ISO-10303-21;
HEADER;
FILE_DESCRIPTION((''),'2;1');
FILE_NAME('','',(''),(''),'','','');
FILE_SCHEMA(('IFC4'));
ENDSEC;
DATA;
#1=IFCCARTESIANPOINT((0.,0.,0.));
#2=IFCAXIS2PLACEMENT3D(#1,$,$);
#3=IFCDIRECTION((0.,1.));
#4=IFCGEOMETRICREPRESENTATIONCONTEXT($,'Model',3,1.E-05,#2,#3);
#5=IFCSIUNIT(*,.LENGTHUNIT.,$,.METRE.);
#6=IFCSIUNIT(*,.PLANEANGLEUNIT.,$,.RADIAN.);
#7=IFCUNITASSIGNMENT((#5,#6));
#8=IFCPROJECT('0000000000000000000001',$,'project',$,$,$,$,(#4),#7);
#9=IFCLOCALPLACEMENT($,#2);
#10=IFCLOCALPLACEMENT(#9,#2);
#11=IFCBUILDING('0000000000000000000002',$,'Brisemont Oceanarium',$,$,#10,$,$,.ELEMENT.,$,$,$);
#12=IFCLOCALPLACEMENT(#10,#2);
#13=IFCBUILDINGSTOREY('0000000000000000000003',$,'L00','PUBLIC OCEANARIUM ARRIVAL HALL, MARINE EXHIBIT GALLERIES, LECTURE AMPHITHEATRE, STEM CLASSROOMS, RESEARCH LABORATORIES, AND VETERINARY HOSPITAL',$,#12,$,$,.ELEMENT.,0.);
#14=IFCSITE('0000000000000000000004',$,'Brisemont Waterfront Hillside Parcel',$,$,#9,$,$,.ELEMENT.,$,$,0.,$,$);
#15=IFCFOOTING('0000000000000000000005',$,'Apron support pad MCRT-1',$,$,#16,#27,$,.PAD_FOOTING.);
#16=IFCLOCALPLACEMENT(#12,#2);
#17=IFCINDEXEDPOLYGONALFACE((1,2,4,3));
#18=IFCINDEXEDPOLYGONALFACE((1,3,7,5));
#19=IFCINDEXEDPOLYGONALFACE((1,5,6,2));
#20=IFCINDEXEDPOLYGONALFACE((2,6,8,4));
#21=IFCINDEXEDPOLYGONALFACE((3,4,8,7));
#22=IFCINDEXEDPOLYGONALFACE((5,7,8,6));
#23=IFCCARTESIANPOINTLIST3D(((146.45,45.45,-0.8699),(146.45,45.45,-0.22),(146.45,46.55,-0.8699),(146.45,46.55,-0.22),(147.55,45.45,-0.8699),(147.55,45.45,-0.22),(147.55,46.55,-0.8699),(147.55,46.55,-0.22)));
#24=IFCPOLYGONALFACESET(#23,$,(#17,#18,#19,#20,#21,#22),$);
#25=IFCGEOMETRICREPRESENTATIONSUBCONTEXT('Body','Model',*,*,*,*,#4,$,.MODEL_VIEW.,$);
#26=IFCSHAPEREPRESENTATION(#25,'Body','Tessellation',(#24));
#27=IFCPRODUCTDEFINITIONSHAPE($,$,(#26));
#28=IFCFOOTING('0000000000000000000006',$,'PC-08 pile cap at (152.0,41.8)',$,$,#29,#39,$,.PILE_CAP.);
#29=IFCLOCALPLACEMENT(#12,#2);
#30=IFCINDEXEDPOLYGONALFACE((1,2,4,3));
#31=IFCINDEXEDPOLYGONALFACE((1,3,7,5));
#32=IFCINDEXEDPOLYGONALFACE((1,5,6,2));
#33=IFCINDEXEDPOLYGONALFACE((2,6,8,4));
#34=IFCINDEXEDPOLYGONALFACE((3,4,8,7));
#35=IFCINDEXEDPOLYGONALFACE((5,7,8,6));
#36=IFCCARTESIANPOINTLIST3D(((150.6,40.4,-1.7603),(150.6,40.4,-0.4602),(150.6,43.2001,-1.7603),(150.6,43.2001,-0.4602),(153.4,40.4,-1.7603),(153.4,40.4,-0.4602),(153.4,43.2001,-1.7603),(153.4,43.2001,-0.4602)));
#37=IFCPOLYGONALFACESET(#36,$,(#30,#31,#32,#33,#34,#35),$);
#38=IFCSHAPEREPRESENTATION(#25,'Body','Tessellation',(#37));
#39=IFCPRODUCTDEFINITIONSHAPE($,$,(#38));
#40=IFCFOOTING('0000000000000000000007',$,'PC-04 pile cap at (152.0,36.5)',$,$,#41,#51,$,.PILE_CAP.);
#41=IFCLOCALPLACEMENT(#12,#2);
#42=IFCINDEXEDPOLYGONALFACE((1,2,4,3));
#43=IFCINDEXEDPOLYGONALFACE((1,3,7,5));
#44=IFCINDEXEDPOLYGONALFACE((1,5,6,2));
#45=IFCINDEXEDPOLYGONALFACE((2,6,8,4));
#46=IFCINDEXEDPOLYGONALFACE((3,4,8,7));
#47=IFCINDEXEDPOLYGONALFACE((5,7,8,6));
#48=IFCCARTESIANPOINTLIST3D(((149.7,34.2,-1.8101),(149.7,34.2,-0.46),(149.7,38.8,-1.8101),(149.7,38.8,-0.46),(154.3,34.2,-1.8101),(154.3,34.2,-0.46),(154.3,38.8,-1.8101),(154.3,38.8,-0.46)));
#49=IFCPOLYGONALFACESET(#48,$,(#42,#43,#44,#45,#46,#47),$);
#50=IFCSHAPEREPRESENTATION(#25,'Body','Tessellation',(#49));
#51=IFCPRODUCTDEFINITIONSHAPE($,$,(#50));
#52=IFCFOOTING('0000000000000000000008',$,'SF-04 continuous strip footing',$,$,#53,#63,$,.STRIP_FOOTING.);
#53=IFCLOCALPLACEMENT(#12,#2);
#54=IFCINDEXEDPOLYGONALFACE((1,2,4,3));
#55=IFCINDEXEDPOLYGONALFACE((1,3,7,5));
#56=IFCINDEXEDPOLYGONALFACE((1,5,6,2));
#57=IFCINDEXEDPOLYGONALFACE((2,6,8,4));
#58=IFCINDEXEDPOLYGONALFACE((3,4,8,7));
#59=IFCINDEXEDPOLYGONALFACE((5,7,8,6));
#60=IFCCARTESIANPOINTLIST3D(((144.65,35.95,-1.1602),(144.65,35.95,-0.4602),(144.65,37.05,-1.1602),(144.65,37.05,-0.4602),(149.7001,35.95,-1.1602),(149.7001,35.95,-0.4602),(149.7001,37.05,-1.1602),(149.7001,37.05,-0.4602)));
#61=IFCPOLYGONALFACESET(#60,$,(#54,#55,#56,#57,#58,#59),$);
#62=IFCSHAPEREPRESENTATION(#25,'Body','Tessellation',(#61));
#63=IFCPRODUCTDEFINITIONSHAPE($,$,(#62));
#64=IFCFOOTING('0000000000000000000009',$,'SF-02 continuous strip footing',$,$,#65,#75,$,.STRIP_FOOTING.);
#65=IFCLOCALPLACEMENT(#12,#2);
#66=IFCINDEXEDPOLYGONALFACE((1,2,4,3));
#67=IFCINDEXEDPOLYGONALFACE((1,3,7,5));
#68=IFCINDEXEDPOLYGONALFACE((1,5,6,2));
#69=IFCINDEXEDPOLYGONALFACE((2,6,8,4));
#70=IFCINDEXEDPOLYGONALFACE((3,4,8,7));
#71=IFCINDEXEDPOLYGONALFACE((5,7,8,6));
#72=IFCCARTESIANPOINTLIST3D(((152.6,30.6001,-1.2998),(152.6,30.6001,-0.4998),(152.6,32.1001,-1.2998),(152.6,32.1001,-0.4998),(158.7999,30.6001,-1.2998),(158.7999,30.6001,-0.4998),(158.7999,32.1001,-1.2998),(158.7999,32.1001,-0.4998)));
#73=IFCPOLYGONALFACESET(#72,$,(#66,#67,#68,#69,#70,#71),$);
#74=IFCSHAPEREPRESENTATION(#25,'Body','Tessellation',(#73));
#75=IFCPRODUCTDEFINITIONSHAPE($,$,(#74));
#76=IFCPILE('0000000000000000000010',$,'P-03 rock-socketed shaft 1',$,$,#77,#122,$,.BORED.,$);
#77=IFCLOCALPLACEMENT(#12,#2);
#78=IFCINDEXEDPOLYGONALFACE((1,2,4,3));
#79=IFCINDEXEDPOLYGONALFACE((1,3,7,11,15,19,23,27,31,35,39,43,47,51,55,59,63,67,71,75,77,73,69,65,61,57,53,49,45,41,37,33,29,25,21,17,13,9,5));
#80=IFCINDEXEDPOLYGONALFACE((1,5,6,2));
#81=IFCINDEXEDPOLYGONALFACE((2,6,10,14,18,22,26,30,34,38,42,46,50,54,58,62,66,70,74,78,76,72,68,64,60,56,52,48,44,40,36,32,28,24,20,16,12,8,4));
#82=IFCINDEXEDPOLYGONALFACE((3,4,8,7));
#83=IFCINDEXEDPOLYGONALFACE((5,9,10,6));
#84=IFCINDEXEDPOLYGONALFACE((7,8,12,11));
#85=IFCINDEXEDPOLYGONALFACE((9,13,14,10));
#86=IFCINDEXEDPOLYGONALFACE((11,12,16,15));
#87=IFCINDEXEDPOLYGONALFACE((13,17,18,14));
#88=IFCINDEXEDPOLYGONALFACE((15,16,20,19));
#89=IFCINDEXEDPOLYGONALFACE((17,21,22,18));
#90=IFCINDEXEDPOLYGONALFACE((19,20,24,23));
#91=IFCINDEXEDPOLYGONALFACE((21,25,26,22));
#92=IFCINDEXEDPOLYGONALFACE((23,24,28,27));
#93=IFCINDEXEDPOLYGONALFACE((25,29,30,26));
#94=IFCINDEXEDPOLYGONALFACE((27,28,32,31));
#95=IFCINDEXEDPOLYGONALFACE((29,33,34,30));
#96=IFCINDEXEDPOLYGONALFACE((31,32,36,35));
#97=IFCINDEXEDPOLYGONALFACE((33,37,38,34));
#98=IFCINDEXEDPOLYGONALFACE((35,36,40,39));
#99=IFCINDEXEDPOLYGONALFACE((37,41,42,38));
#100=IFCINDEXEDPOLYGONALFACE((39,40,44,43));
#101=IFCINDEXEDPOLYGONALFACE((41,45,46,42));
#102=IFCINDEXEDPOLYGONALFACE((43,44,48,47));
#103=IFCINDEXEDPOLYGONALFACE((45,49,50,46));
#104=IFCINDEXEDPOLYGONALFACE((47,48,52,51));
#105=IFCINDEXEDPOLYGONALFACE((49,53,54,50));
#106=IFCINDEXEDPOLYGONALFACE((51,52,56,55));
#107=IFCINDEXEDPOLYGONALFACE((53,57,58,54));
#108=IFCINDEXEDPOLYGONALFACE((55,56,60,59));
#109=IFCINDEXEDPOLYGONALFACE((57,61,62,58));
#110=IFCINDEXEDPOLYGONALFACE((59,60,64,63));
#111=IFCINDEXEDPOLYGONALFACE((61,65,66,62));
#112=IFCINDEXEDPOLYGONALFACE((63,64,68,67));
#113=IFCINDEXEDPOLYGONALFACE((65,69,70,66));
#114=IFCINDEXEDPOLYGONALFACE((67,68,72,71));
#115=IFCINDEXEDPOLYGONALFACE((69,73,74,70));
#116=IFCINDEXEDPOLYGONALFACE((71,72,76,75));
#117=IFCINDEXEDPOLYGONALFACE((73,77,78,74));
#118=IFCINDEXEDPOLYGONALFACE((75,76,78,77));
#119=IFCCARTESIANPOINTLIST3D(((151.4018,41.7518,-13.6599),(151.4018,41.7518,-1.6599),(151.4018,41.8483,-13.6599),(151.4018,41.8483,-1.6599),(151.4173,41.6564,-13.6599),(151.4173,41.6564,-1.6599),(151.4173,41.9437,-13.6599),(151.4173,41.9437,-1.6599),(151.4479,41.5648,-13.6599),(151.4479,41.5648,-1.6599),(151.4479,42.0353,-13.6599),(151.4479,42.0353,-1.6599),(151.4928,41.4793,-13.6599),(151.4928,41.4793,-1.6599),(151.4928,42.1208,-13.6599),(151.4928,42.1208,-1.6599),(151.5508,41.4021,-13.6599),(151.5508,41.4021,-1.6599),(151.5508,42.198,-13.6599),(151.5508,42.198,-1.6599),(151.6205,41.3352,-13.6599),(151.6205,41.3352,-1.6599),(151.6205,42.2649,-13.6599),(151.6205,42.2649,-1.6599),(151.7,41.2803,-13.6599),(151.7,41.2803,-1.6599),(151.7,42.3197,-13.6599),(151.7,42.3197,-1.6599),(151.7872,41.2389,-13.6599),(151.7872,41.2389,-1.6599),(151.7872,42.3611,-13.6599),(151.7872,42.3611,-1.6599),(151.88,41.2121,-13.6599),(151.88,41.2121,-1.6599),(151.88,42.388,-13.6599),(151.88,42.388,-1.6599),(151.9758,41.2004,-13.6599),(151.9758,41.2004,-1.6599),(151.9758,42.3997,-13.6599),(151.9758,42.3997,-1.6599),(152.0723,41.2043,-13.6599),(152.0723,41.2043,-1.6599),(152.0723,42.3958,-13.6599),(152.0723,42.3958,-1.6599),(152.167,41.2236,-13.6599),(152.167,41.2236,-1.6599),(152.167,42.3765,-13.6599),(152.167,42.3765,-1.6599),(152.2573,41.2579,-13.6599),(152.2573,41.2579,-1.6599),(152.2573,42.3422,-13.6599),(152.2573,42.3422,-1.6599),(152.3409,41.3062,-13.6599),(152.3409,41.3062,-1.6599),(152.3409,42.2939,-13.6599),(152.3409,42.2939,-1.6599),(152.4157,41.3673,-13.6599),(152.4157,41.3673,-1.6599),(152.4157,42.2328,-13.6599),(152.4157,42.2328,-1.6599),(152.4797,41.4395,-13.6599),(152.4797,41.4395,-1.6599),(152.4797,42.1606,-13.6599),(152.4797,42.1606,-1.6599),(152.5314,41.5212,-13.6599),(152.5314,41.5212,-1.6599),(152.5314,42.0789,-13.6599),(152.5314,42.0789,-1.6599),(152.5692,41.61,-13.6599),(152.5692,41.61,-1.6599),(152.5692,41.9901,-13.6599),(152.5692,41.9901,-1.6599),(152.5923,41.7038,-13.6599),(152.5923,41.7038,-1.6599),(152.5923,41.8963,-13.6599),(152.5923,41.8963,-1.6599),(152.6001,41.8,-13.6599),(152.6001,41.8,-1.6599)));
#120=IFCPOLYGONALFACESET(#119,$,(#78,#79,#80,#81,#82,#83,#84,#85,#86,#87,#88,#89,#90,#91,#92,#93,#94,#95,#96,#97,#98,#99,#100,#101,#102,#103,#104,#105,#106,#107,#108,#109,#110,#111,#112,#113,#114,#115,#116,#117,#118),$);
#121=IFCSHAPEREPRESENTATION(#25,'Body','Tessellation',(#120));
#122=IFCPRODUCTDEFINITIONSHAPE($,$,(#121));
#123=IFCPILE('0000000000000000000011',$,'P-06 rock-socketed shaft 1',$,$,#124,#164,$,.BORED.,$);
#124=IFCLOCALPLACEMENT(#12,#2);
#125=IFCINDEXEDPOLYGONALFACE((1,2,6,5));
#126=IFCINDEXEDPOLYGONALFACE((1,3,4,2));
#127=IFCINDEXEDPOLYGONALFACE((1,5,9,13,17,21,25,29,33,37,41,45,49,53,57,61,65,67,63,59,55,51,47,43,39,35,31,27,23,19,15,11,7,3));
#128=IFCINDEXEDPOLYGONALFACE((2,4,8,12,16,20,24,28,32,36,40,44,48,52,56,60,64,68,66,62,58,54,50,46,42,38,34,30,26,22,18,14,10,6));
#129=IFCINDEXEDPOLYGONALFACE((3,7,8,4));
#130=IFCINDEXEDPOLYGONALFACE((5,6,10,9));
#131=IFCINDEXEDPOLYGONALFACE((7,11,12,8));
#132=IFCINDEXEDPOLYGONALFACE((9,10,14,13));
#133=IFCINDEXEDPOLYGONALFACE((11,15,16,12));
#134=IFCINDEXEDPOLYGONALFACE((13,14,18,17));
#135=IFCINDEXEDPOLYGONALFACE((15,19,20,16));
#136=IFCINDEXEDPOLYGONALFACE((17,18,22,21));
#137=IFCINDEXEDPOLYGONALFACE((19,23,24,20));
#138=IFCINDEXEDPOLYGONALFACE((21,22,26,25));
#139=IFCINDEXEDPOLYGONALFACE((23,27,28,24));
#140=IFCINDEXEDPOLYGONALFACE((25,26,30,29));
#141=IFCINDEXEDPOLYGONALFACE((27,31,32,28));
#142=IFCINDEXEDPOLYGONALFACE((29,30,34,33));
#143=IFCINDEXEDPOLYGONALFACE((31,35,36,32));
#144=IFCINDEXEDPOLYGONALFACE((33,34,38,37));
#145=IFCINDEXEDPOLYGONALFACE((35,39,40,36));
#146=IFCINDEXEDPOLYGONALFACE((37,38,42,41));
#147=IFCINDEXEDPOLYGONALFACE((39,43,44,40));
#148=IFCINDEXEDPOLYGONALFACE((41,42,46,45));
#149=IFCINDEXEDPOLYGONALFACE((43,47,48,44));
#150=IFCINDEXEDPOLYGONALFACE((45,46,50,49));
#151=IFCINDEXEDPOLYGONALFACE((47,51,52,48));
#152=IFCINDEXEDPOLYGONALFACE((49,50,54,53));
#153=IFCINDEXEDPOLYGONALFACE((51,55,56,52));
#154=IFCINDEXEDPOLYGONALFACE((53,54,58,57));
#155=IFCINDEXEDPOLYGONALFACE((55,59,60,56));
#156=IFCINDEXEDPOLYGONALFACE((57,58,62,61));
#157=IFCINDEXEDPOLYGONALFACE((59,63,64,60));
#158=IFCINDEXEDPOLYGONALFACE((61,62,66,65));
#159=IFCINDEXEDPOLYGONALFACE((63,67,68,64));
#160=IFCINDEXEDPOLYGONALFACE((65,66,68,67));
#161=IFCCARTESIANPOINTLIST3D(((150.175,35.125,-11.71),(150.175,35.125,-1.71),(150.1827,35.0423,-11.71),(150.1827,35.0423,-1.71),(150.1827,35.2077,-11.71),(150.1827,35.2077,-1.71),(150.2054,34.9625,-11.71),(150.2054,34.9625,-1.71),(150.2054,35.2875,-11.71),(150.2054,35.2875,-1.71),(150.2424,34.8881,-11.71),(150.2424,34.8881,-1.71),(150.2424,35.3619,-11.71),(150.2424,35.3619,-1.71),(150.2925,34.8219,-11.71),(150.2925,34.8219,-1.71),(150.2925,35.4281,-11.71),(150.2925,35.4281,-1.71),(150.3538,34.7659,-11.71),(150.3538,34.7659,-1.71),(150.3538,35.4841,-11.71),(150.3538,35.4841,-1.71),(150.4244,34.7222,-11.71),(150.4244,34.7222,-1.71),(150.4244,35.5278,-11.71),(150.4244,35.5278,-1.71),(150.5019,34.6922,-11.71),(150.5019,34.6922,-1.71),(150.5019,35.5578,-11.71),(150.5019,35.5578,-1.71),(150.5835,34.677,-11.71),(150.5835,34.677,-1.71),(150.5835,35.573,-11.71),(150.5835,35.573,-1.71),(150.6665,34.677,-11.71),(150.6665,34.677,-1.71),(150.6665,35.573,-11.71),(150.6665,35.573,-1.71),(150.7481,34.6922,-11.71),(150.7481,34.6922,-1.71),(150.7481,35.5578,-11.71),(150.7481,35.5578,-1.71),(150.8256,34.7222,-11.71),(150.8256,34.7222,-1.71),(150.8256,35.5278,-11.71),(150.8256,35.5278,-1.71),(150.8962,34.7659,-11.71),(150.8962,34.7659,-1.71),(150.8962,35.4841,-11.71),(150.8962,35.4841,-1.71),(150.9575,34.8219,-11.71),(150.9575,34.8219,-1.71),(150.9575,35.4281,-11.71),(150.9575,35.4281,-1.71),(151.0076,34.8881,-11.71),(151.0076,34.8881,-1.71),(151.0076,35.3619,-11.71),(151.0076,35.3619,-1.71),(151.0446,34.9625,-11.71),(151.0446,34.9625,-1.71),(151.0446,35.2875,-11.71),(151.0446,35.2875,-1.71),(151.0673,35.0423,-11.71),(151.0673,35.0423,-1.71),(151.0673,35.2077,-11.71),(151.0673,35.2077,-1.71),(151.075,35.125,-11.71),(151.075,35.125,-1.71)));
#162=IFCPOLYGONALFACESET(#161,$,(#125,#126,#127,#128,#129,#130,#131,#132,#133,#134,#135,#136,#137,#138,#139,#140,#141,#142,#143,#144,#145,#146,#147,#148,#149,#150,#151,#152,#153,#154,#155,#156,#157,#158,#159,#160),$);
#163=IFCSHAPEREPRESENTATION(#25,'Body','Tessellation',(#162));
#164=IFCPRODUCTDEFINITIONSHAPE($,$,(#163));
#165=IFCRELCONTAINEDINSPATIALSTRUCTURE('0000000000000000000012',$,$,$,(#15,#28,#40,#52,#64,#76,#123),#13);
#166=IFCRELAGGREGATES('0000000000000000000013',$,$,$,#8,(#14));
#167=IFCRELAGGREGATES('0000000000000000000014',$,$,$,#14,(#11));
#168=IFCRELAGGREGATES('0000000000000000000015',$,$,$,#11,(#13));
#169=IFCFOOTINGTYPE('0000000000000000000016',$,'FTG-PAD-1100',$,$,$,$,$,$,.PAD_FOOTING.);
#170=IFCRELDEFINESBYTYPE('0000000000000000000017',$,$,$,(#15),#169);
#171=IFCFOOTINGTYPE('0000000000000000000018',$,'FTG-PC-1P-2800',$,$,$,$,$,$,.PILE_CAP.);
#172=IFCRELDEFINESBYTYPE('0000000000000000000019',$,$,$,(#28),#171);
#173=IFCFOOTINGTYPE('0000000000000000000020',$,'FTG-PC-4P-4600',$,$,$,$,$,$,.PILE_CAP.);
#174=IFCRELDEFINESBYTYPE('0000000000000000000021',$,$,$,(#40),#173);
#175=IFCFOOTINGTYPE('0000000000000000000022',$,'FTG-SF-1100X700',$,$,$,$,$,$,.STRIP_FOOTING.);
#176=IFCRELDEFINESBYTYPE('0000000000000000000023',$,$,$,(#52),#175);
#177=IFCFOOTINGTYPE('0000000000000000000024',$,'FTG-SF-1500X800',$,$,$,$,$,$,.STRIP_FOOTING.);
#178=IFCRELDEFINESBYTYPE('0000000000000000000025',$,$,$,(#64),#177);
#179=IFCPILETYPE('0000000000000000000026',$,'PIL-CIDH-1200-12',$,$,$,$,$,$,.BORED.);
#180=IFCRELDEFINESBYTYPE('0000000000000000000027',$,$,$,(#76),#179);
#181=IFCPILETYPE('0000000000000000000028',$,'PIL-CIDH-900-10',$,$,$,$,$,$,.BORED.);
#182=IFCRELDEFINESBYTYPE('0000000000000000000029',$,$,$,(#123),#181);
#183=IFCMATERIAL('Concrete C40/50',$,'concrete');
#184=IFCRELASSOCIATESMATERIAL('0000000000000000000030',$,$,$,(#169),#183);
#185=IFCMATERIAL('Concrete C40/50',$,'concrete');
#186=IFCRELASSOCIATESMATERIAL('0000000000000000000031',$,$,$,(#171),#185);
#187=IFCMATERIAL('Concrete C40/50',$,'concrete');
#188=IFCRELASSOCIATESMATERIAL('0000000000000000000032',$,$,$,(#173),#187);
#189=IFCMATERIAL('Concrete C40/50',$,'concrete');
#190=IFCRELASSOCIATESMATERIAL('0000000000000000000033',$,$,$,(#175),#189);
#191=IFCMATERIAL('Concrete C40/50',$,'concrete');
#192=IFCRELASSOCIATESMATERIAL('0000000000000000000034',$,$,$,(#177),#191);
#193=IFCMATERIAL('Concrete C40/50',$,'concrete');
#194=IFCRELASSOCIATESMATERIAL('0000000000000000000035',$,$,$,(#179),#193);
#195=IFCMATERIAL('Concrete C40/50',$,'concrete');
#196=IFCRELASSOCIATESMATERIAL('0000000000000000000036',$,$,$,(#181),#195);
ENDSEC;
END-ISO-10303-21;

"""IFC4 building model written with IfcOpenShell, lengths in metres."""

from ifc_helpers import new_model, si_unit, direction, frame, origin, origin_2d, place, context, subcontext, project, spatial, rectangle, circle, extrude, material, material_profile, profile_set, type_object, element, save


model = new_model("IFC4")

# Units and contexts
model_context = context("Model", 3, precision=1e-05, world=origin(), true_north=direction((0.0, 1.0)))
body_context = subcontext(model_context, "Body", "Model", "MODEL_VIEW")
ifc_project = project(units=[si_unit("LENGTHUNIT", "METRE"), si_unit("PLANEANGLEUNIT", "RADIAN")], contexts=[model_context])

# Site, building, storey
site_placement = place(None, origin())
site = spatial("IfcSite", under=ifc_project, at=site_placement, Name="Brisemont Waterfront Hillside Parcel", CompositionType="ELEMENT", RefElevation=0.0)
building_placement = place(site_placement, origin())
building = spatial("IfcBuilding", under=site, at=building_placement, Name="Brisemont Oceanarium", CompositionType="ELEMENT")
storey_placement = place(building_placement, origin())
storey = spatial("IfcBuildingStorey", under=building, at=storey_placement, Name="L00", Description="PUBLIC OCEANARIUM ARRIVAL HALL, MARINE EXHIBIT GALLERIES, LECTURE AMPHITHEATRE, STEM CLASSROOMS, RESEARCH LABORATORIES, AND VETERINARY HOSPITAL", CompositionType="ELEMENT", Elevation=0.0)

# Footings
ifc_material_1 = material(Name="Concrete C40/50", Category="concrete")
footing_type_1 = type_object("IfcFootingType", Name="FTG-PAD-1100", PredefinedType="PAD_FOOTING", material=ifc_material_1)
footing_1_placement = place(storey_placement, frame((147.0, 46.0, -0.8699), z_axis=(0.0, 0.0, 1.0), x_axis=(1.0, 0.0, 0.0)))
element("IfcFooting", 1, at=footing_1_placement, inside=storey, type_object=footing_type_1, Name="Apron support pad MCRT-1", PredefinedType="PAD_FOOTING", context=body_context, shape_type="SweptSolid", body=[
    extrude(rectangle(XDim=1.1001, YDim=1.1001, at=origin_2d()), origin(), (0.0, 0.0, 1.0), 0.6499),
])
ifc_material_2 = material(Name="Concrete C40/50", Category="concrete")
footing_type_2 = type_object("IfcFootingType", Name="FTG-PC-1P-2800", PredefinedType="PILE_CAP", material=ifc_material_2)
footing_2_placement = place(storey_placement, frame((152.0, 41.8, -1.7603), z_axis=(0.0, 0.0, 1.0), x_axis=(1.0, 0.0, 0.0)))
element("IfcFooting", 2, at=footing_2_placement, inside=storey, type_object=footing_type_2, Name="PC-08 pile cap at (152.0,41.8)", PredefinedType="PILE_CAP", context=body_context, shape_type="SweptSolid", body=[
    extrude(rectangle(XDim=2.8, YDim=2.8, at=origin_2d()), origin(), (0.0, 0.0, 1.0), 1.3),
])
ifc_material_3 = material(Name="Concrete C40/50", Category="concrete")
footing_type_3 = type_object("IfcFootingType", Name="FTG-PC-4P-4600", PredefinedType="PILE_CAP", material=ifc_material_3)
footing_3_placement = place(storey_placement, frame((152.0, 36.5, -1.8101), z_axis=(0.0, 0.0, 1.0), x_axis=(1.0, 0.0, 0.0)))
element("IfcFooting", 3, at=footing_3_placement, inside=storey, type_object=footing_type_3, Name="PC-04 pile cap at (152.0,36.5)", PredefinedType="PILE_CAP", context=body_context, shape_type="SweptSolid", body=[
    extrude(rectangle(XDim=4.6001, YDim=4.6001, at=origin_2d()), origin(), (0.0, 0.0, 1.0), 1.3501),
])
ifc_material_4 = material(Name="Concrete C40/50", Category="concrete")
footing_type_4 = type_object("IfcFootingType", Name="FTG-SF-1100X700", PredefinedType="STRIP_FOOTING", material=ifc_material_4)
footing_4_placement = place(storey_placement, frame((147.175, 36.5, -1.1602), z_axis=(0.0, 0.0, 1.0), x_axis=(1.0, 0.0, 0.0)))
element("IfcFooting", 4, at=footing_4_placement, inside=storey, type_object=footing_type_4, Name="SF-04 continuous strip footing", PredefinedType="STRIP_FOOTING", context=body_context, shape_type="SweptSolid", body=[
    extrude(rectangle(XDim=5.05, YDim=1.1001, at=origin_2d()), origin(), (0.0, 0.0, 1.0), 0.7),
])
ifc_material_5 = material(Name="Concrete C40/50", Category="concrete")
footing_type_5 = type_object("IfcFootingType", Name="FTG-SF-1500X800", PredefinedType="STRIP_FOOTING", material=ifc_material_5)
footing_5_placement = place(storey_placement, frame((155.7, 31.3501, -1.2998), z_axis=(0.0, 0.0, 1.0), x_axis=(1.0, 0.0, 0.0)))
element("IfcFooting", 5, at=footing_5_placement, inside=storey, type_object=footing_type_5, Name="SF-02 continuous strip footing", PredefinedType="STRIP_FOOTING", context=body_context, shape_type="SweptSolid", body=[
    extrude(rectangle(XDim=6.2, YDim=1.5, at=origin_2d()), origin(), (0.0, 0.0, 1.0), 0.8),
])

# Piles
ifc_material_6 = material(Name="Concrete C40/50", Category="concrete")
ifc_material_profile_1 = material_profile(ifc_material_6, circle(Radius=0.6001, at=origin_2d()), Name="CIDH-D1200")
ifc_profile_set_1 = profile_set([ifc_material_profile_1], Name="Concrete C40/50")
pile_type_1 = type_object("IfcPileType", Name="PIL-CIDH-1200-12", PredefinedType="BORED", material=ifc_profile_set_1)
pile_placement = place(storey_placement, frame((152.0, 41.8, -1.6599), z_axis=(0.0, 0.0, -1.0), x_axis=(1.0, 0.0, 0.0)))
element("IfcPile", 6, at=pile_placement, inside=storey, type_object=pile_type_1, Name="P-03 rock-socketed shaft 1", PredefinedType="BORED", context=body_context, shape_type="SweptSolid", body=[
    extrude(circle(Radius=0.6001, at=origin_2d()), origin(), (0.0, 0.0, 1.0), 12.0),
])
ifc_material_7 = material(Name="Concrete C40/50", Category="concrete")
ifc_material_profile_2 = material_profile(ifc_material_7, circle(Radius=0.45, at=origin_2d()), Name="CIDH-D900")
ifc_profile_set_2 = profile_set([ifc_material_profile_2], Name="Concrete C40/50")
pile_type_2 = type_object("IfcPileType", Name="PIL-CIDH-900-10", PredefinedType="BORED", material=ifc_profile_set_2)
for number, where, z_axis, x_axis, name in (
    (7, (150.625, 35.125, -1.71), (0.0, 0.0, -1.0), (1.0, 0.0, 0.0), "P-06 rock-socketed shaft 1"),
):
    element("IfcPile", number, at=place(storey_placement, frame(where, z_axis=z_axis, x_axis=x_axis)), inside=storey, type_object=pile_type_2, Name=name, PredefinedType="BORED", context=body_context, shape_type="SweptSolid", body=[
        extrude(circle(Radius=0.45, at=origin_2d()), origin(), (0.0, 0.0, 1.0), 10.0),
    ])

save(model, "model.ifc")
